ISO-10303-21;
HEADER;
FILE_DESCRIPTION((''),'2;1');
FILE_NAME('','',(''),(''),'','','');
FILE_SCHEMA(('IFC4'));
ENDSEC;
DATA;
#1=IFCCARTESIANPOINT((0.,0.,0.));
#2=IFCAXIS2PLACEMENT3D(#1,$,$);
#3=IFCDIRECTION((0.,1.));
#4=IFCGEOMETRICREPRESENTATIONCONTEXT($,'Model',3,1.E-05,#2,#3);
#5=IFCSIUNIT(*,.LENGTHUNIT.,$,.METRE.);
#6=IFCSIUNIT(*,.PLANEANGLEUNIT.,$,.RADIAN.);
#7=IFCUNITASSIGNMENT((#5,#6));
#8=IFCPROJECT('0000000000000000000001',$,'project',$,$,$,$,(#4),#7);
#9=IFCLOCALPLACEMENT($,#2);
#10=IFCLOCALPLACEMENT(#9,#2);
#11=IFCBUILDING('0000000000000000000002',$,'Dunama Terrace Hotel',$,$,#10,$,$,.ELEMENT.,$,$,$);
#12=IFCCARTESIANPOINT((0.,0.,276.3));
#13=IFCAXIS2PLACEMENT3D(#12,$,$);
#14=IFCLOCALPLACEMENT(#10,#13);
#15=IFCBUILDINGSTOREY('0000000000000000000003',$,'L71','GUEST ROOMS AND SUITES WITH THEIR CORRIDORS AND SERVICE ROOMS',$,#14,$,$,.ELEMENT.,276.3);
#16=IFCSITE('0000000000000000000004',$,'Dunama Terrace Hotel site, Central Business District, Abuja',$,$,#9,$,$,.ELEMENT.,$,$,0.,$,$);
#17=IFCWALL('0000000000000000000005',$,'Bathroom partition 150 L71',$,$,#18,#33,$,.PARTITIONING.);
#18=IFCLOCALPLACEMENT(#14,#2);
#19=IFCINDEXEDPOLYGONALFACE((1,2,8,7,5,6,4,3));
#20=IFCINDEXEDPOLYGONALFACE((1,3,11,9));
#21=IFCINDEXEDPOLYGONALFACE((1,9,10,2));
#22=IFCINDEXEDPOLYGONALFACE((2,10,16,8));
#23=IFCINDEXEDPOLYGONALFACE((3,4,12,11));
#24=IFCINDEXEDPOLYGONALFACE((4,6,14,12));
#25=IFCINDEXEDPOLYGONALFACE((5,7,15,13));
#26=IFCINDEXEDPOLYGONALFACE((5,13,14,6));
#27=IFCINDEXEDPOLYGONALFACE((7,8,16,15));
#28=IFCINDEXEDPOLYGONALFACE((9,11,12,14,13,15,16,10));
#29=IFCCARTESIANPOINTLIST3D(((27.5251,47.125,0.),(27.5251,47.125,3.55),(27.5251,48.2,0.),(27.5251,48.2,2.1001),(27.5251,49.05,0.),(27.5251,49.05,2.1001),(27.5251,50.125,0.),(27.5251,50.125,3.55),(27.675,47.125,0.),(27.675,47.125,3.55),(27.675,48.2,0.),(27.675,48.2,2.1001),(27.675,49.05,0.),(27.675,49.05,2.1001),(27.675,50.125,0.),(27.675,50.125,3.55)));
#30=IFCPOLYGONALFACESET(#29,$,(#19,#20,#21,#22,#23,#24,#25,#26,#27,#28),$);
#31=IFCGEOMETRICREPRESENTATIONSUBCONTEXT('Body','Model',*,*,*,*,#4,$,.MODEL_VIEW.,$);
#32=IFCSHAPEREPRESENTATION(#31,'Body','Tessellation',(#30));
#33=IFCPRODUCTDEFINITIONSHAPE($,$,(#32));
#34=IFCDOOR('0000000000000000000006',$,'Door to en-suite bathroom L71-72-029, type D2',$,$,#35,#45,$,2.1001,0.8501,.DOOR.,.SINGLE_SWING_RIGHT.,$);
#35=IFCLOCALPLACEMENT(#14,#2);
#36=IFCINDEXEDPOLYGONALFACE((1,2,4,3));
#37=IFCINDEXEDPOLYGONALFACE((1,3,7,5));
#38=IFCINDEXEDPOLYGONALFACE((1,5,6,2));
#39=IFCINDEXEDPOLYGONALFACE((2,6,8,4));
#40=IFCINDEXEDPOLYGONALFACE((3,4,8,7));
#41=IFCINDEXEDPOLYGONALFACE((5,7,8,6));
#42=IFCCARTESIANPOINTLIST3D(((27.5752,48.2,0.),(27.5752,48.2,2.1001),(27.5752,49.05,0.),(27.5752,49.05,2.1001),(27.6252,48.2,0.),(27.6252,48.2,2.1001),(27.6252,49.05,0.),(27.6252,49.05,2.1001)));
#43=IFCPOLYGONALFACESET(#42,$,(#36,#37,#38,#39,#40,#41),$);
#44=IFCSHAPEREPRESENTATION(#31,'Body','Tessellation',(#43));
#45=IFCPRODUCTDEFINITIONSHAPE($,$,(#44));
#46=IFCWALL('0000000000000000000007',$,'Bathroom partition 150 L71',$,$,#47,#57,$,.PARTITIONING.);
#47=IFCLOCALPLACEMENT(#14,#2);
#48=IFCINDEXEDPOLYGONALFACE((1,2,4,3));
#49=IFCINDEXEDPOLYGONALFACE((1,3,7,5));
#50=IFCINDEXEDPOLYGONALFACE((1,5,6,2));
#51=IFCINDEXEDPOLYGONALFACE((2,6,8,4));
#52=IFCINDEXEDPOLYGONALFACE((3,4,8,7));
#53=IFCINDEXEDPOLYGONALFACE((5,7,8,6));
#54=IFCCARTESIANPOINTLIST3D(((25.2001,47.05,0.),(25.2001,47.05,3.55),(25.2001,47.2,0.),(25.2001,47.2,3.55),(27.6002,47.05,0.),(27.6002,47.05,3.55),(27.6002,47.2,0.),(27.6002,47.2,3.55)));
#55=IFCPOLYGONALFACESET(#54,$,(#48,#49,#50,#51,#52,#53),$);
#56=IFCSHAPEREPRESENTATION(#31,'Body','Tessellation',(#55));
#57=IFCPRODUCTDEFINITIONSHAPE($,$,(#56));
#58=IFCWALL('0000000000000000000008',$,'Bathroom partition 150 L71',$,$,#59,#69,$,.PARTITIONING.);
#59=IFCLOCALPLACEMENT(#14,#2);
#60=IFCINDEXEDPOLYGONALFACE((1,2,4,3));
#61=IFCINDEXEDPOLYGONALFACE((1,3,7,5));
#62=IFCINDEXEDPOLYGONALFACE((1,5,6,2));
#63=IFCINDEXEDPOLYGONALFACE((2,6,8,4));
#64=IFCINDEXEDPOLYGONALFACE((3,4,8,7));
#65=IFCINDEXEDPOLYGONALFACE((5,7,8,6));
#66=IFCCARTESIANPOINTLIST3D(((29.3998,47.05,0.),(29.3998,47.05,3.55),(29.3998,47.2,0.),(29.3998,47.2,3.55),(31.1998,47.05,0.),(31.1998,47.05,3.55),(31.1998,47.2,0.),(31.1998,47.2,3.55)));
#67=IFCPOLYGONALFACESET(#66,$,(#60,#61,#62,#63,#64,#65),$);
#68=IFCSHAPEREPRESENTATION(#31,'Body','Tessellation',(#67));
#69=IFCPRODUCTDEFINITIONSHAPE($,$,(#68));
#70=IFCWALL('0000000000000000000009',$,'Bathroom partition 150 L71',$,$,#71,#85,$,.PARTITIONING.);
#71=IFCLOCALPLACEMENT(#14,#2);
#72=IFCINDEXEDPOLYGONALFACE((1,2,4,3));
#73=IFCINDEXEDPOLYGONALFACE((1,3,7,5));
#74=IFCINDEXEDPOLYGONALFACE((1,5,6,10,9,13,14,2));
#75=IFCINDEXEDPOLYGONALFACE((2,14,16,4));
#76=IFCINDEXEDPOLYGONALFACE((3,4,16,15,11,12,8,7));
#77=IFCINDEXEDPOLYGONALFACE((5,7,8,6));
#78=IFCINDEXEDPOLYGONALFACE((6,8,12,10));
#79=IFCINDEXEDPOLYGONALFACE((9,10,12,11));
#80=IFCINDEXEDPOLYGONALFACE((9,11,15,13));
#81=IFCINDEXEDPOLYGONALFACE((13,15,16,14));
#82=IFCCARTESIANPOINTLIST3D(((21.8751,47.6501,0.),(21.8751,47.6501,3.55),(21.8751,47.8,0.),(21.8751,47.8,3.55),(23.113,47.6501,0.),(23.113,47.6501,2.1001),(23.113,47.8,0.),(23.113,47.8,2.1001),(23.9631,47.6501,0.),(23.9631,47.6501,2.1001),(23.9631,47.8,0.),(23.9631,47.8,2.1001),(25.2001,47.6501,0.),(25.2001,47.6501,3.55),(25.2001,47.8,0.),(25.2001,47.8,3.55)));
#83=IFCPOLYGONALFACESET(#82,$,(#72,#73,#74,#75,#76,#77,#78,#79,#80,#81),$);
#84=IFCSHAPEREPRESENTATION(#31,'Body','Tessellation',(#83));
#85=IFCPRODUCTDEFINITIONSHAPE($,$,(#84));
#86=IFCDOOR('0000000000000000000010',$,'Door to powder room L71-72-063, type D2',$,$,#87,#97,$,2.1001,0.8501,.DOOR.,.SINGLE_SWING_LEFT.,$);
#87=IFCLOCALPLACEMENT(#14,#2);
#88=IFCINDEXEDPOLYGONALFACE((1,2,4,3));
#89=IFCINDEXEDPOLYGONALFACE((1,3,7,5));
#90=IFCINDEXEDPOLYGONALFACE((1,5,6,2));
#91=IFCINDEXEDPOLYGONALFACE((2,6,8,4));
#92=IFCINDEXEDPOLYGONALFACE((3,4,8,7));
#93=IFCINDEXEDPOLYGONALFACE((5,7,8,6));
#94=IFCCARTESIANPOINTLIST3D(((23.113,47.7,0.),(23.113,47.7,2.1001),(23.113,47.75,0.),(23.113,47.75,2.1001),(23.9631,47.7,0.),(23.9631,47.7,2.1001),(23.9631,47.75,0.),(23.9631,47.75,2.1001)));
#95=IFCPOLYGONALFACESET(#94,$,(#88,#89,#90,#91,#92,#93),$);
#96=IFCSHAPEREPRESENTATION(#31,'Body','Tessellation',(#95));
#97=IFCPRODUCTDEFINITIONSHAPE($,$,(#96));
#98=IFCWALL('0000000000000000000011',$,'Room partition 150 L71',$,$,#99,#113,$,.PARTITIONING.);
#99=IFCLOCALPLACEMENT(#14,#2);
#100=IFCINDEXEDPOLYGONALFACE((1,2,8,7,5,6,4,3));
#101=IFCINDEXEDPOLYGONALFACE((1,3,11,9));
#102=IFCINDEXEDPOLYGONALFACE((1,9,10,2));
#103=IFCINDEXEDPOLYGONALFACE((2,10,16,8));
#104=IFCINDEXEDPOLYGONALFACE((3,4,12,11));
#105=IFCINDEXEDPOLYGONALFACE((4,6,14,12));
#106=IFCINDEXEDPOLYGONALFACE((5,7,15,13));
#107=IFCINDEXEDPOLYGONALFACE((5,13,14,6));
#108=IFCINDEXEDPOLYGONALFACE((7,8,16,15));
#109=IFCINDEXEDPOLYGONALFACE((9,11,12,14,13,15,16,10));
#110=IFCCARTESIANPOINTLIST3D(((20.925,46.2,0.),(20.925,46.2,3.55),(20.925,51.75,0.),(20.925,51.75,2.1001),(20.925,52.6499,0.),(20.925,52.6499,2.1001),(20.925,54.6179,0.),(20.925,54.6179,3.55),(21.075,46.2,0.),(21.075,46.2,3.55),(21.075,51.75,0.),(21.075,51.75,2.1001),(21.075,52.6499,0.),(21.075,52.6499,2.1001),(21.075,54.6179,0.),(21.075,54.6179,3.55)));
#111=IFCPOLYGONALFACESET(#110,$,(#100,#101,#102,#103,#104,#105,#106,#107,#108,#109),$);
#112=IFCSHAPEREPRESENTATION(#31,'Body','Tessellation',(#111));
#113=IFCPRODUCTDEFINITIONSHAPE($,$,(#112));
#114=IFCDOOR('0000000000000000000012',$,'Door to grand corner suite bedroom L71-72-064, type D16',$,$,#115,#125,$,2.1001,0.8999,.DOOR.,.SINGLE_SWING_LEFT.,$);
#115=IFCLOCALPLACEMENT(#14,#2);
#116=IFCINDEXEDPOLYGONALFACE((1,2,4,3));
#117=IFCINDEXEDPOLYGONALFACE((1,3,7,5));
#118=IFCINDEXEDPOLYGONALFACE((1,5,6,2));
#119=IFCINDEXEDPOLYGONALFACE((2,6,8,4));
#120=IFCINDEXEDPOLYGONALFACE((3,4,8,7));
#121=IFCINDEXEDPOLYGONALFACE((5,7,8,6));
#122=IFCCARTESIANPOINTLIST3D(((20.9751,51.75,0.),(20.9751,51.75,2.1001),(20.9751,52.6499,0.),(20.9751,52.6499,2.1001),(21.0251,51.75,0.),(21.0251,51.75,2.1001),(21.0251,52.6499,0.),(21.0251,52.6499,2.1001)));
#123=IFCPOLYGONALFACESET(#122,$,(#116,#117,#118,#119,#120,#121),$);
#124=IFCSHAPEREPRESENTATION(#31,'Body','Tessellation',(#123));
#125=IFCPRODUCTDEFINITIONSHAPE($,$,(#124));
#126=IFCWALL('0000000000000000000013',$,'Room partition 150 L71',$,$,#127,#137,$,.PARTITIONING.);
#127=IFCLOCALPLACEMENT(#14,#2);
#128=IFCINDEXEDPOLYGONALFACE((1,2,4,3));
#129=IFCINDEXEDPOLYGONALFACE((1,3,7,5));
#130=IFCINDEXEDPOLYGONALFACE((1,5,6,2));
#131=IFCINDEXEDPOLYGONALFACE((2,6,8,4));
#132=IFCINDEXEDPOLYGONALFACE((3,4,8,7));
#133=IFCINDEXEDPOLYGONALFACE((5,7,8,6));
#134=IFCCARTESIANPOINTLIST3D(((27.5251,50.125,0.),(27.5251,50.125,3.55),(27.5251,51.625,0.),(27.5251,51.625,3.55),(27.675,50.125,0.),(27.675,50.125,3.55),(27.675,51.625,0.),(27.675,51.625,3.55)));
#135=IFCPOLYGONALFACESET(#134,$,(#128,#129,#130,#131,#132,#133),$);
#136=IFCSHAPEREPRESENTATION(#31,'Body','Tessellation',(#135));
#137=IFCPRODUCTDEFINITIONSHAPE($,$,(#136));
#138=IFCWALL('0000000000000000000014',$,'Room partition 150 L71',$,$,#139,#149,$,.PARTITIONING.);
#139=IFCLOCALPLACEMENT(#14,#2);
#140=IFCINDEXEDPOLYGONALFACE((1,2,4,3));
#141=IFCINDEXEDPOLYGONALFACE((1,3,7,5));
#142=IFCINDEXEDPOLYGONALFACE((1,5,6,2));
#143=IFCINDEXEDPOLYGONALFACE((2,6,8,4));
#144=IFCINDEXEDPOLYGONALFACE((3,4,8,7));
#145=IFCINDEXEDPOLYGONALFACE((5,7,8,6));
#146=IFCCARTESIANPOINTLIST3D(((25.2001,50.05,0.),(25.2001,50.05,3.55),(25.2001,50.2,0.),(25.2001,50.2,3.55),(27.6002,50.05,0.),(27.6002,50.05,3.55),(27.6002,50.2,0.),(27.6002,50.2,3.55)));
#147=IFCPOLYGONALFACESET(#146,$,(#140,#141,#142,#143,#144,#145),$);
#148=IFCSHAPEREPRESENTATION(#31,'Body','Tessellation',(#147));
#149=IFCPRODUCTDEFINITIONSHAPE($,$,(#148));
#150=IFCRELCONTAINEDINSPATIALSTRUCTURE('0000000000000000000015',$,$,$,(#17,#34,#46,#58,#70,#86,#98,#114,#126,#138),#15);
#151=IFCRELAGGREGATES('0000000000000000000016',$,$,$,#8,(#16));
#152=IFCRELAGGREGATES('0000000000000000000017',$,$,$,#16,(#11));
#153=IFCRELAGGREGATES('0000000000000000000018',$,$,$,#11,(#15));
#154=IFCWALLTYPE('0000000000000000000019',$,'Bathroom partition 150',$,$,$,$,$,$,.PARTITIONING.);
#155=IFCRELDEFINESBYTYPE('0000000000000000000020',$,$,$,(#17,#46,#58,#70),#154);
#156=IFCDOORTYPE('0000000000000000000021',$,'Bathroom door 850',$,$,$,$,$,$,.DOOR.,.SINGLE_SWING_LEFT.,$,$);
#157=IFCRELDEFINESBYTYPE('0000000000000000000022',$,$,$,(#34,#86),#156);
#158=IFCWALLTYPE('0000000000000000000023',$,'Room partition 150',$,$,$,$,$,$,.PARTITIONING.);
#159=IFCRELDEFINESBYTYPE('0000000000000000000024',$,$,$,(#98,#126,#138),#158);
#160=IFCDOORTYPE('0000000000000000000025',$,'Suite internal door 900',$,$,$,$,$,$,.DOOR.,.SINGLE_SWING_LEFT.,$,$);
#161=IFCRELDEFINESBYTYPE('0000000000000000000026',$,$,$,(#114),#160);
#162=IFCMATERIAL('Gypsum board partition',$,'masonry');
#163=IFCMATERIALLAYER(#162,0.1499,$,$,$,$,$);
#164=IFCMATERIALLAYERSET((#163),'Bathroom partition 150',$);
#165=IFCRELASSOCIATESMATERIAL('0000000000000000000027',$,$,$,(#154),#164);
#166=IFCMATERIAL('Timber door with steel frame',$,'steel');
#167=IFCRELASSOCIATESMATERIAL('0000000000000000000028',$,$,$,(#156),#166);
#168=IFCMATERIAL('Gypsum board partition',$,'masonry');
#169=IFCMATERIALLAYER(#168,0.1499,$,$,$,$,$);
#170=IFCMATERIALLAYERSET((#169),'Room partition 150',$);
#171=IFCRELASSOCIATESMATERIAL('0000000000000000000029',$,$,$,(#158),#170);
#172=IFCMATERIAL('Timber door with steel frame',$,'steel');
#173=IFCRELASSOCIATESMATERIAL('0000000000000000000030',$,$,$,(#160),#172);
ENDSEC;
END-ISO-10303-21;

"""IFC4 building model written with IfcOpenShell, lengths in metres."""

from ifc_helpers import new_model, si_unit, direction, frame, frame_2d, origin, place, context, subcontext, project, spatial, rectangle, extrude, material, layer, layer_set, type_object, element, fill, save


model = new_model("IFC4")

# Units and contexts
model_context = context("Model", 3, precision=1e-05, world=origin(), true_north=direction((0.0, 1.0)))
body_context = subcontext(model_context, "Body", "Model", "MODEL_VIEW")
ifc_project = project(units=[si_unit("LENGTHUNIT", "METRE"), si_unit("PLANEANGLEUNIT", "RADIAN")], contexts=[model_context])

# Site, building, storey
site_placement = place(None, origin())
site = spatial("IfcSite", under=ifc_project, at=site_placement, Name="Dunama Terrace Hotel site, Central Business District, Abuja", CompositionType="ELEMENT", RefElevation=0.0)
building_placement = place(site_placement, origin())
building = spatial("IfcBuilding", under=site, at=building_placement, Name="Dunama Terrace Hotel", CompositionType="ELEMENT")
storey_placement = place(building_placement, frame((0.0, 0.0, 276.3)))
storey = spatial("IfcBuildingStorey", under=building, at=storey_placement, Name="L71", Description="GUEST ROOMS AND SUITES WITH THEIR CORRIDORS AND SERVICE ROOMS", CompositionType="ELEMENT", Elevation=276.3)

# Wall, opening, door
ifc_material_1 = material(Name="Gypsum board partition", Category="masonry")
ifc_layer_1 = layer(ifc_material_1, 0.1499)
ifc_layer_set_1 = layer_set([ifc_layer_1], Name="Bathroom partition 150")
wall_type_1 = type_object("IfcWallType", Name="Bathroom partition 150", PredefinedType="PARTITIONING", material=ifc_layer_set_1)
wall_1_placement = place(storey_placement, frame((27.6001, 47.125, 0.0), z_axis=(0.0, 0.0, 1.0), x_axis=(0.0, 1.0, 0.0)))
wall_1 = element("IfcWall", 1, at=wall_1_placement, inside=storey, type_object=wall_type_1, Name="Bathroom partition 150 L71", PredefinedType="PARTITIONING", context=body_context, shape_type="SweptSolid", body=[
    extrude(rectangle(XDim=3.0, YDim=0.1499, at=frame_2d((1.5, 0.0))), origin(), (0.0, 0.0, 1.0), 3.55),
])
opening_1_placement = place(wall_1_placement, frame((1.075, 0.0, 0.0)))
opening_1 = element("IfcOpeningElement", 2, at=opening_1_placement, cuts=wall_1, PredefinedType="OPENING", context=body_context, shape_type="SweptSolid", body=[
    extrude(rectangle(XDim=0.8501, YDim=2.1001, at=frame_2d((0.425, 1.05))), frame((0.0, 0.085, 0.0), z_axis=(0.0, -1.0, 0.0), x_axis=(1.0, 0.0, 0.0)), (0.0, 0.0, 1.0), 0.1699),
])
ifc_material_2 = material(Name="Timber door with steel frame", Category="steel")
door_type_1 = type_object("IfcDoorType", Name="Bathroom door 850", OperationType="SINGLE_SWING_LEFT", PredefinedType="DOOR", material=ifc_material_2)
door_1_placement = place(opening_1_placement, origin())
door_1 = element("IfcDoor", 3, at=door_1_placement, inside=storey, type_object=door_type_1, Name="Door to en-suite bathroom L71-72-029, type D2", OperationType="SINGLE_SWING_RIGHT", OverallHeight=2.1001, OverallWidth=0.8501, PredefinedType="DOOR", context=body_context, shape_type="SweptSolid", body=[
    extrude(rectangle(XDim=0.8501, YDim=2.1001, at=frame_2d((0.425, 1.05))), frame((0.0, 0.0249, 0.0), z_axis=(0.0, -1.0, 0.0), x_axis=(1.0, 0.0, 0.0)), (0.0, 0.0, 1.0), 0.05),
])
fill(opening_1, door_1)

# Walls
wall_2_placement = place(storey_placement, frame((25.2, 47.125, 0.0), z_axis=(0.0, 0.0, 1.0), x_axis=(1.0, 0.0, 0.0)))
element("IfcWall", 4, at=wall_2_placement, inside=storey, type_object=wall_type_1, Name="Bathroom partition 150 L71", PredefinedType="PARTITIONING", context=body_context, shape_type="SweptSolid", body=[
    extrude(rectangle(XDim=2.4001, YDim=0.1499, at=frame_2d((1.2002, 0.0))), origin(), (0.0, 0.0, 1.0), 3.55),
])
wall_3_placement = place(storey_placement, frame((29.3999, 47.125, 0.0), z_axis=(0.0, 0.0, 1.0), x_axis=(1.0, 0.0, 0.0)))
element("IfcWall", 5, at=wall_3_placement, inside=storey, type_object=wall_type_1, Name="Bathroom partition 150 L71", PredefinedType="PARTITIONING", context=body_context, shape_type="SweptSolid", body=[
    extrude(rectangle(XDim=1.8, YDim=0.1499, at=frame_2d((0.8999, 0.0))), origin(), (0.0, 0.0, 1.0), 3.55),
])

# Walls, openings, doors
wall_4_placement = place(storey_placement, frame((21.875, 47.7251, 0.0), z_axis=(0.0, 0.0, 1.0), x_axis=(1.0, 0.0, 0.0)))
wall_4 = element("IfcWall", 6, at=wall_4_placement, inside=storey, type_object=wall_type_1, Name="Bathroom partition 150 L71", PredefinedType="PARTITIONING", context=body_context, shape_type="SweptSolid", body=[
    extrude(rectangle(XDim=3.325, YDim=0.1499, at=frame_2d((1.6626, 0.0))), origin(), (0.0, 0.0, 1.0), 3.55),
])
opening_2_placement = place(wall_4_placement, frame((1.238, 0.0, 0.0)))
opening_2 = element("IfcOpeningElement", 7, at=opening_2_placement, cuts=wall_4, PredefinedType="OPENING", context=body_context, shape_type="SweptSolid", body=[
    extrude(rectangle(XDim=0.8501, YDim=2.1001, at=frame_2d((0.425, 1.05))), frame((0.0, 0.085, 0.0), z_axis=(0.0, -1.0, 0.0), x_axis=(1.0, 0.0, 0.0)), (0.0, 0.0, 1.0), 0.1699),
])
door_2_placement = place(opening_2_placement, frame((0.8501, 0.0, 0.0), z_axis=(0.0, 0.0, 1.0), x_axis=(-1.0, 0.0, 0.0)))
door_2 = element("IfcDoor", 8, at=door_2_placement, inside=storey, type_object=door_type_1, Name="Door to powder room L71-72-063, type D2", OperationType="SINGLE_SWING_LEFT", OverallHeight=2.1001, OverallWidth=0.8501, PredefinedType="DOOR", context=body_context, shape_type="SweptSolid", body=[
    extrude(rectangle(XDim=0.8501, YDim=2.1001, at=frame_2d((0.425, 1.05))), frame((0.0, 0.0251, 0.0), z_axis=(0.0, -1.0, 0.0), x_axis=(1.0, 0.0, 0.0)), (0.0, 0.0, 1.0), 0.05),
])
fill(opening_2, door_2)
ifc_material_3 = material(Name="Gypsum board partition", Category="masonry")
ifc_layer_2 = layer(ifc_material_3, 0.1499)
ifc_layer_set_2 = layer_set([ifc_layer_2], Name="Room partition 150")
wall_type_2 = type_object("IfcWallType", Name="Room partition 150", PredefinedType="PARTITIONING", material=ifc_layer_set_2)
wall_5_placement = place(storey_placement, frame((21.0, 46.2, 0.0), z_axis=(0.0, 0.0, 1.0), x_axis=(0.0, 1.0, 0.0)))
wall_5 = element("IfcWall", 9, at=wall_5_placement, inside=storey, type_object=wall_type_2, Name="Room partition 150 L71", PredefinedType="PARTITIONING", context=body_context, shape_type="SweptSolid", body=[
    extrude(rectangle(XDim=8.418, YDim=0.1499, at=frame_2d((4.209, 0.0))), origin(), (0.0, 0.0, 1.0), 3.55),
])
opening_3_placement = place(wall_5_placement, frame((5.55, 0.0, 0.0)))
opening_3 = element("IfcOpeningElement", 10, at=opening_3_placement, cuts=wall_5, PredefinedType="OPENING", context=body_context, shape_type="SweptSolid", body=[
    extrude(rectangle(XDim=0.8999, YDim=2.1001, at=frame_2d((0.45, 1.05))), frame((0.0, 0.085, 0.0), z_axis=(0.0, -1.0, 0.0), x_axis=(1.0, 0.0, 0.0)), (0.0, 0.0, 1.0), 0.1699),
])
ifc_material_4 = material(Name="Timber door with steel frame", Category="steel")
door_type_2 = type_object("IfcDoorType", Name="Suite internal door 900", OperationType="SINGLE_SWING_LEFT", PredefinedType="DOOR", material=ifc_material_4)
door_3_placement = place(opening_3_placement, origin())
door_3 = element("IfcDoor", 11, at=door_3_placement, inside=storey, type_object=door_type_2, Name="Door to grand corner suite bedroom L71-72-064, type D16", OperationType="SINGLE_SWING_LEFT", OverallHeight=2.1001, OverallWidth=0.8999, PredefinedType="DOOR", context=body_context, shape_type="SweptSolid", body=[
    extrude(rectangle(XDim=0.8999, YDim=2.1001, at=frame_2d((0.45, 1.05))), frame((0.0, 0.0249, 0.0), z_axis=(0.0, -1.0, 0.0), x_axis=(1.0, 0.0, 0.0)), (0.0, 0.0, 1.0), 0.05),
])
fill(opening_3, door_3)

# Walls
wall_6_placement = place(storey_placement, frame((27.6001, 50.125, 0.0), z_axis=(0.0, 0.0, 1.0), x_axis=(0.0, 1.0, 0.0)))
element("IfcWall", 12, at=wall_6_placement, inside=storey, type_object=wall_type_2, Name="Room partition 150 L71", PredefinedType="PARTITIONING", context=body_context, shape_type="SweptSolid", body=[
    extrude(rectangle(XDim=1.5, YDim=0.1499, at=frame_2d((0.75, 0.0))), origin(), (0.0, 0.0, 1.0), 3.55),
])
wall_7_placement = place(storey_placement, frame((25.2, 50.125, 0.0), z_axis=(0.0, 0.0, 1.0), x_axis=(1.0, 0.0, 0.0)))
element("IfcWall", 13, at=wall_7_placement, inside=storey, type_object=wall_type_2, Name="Room partition 150 L71", PredefinedType="PARTITIONING", context=body_context, shape_type="SweptSolid", body=[
    extrude(rectangle(XDim=2.4001, YDim=0.1499, at=frame_2d((1.2002, 0.0))), origin(), (0.0, 0.0, 1.0), 3.55),
])

save(model, "model.ifc")
